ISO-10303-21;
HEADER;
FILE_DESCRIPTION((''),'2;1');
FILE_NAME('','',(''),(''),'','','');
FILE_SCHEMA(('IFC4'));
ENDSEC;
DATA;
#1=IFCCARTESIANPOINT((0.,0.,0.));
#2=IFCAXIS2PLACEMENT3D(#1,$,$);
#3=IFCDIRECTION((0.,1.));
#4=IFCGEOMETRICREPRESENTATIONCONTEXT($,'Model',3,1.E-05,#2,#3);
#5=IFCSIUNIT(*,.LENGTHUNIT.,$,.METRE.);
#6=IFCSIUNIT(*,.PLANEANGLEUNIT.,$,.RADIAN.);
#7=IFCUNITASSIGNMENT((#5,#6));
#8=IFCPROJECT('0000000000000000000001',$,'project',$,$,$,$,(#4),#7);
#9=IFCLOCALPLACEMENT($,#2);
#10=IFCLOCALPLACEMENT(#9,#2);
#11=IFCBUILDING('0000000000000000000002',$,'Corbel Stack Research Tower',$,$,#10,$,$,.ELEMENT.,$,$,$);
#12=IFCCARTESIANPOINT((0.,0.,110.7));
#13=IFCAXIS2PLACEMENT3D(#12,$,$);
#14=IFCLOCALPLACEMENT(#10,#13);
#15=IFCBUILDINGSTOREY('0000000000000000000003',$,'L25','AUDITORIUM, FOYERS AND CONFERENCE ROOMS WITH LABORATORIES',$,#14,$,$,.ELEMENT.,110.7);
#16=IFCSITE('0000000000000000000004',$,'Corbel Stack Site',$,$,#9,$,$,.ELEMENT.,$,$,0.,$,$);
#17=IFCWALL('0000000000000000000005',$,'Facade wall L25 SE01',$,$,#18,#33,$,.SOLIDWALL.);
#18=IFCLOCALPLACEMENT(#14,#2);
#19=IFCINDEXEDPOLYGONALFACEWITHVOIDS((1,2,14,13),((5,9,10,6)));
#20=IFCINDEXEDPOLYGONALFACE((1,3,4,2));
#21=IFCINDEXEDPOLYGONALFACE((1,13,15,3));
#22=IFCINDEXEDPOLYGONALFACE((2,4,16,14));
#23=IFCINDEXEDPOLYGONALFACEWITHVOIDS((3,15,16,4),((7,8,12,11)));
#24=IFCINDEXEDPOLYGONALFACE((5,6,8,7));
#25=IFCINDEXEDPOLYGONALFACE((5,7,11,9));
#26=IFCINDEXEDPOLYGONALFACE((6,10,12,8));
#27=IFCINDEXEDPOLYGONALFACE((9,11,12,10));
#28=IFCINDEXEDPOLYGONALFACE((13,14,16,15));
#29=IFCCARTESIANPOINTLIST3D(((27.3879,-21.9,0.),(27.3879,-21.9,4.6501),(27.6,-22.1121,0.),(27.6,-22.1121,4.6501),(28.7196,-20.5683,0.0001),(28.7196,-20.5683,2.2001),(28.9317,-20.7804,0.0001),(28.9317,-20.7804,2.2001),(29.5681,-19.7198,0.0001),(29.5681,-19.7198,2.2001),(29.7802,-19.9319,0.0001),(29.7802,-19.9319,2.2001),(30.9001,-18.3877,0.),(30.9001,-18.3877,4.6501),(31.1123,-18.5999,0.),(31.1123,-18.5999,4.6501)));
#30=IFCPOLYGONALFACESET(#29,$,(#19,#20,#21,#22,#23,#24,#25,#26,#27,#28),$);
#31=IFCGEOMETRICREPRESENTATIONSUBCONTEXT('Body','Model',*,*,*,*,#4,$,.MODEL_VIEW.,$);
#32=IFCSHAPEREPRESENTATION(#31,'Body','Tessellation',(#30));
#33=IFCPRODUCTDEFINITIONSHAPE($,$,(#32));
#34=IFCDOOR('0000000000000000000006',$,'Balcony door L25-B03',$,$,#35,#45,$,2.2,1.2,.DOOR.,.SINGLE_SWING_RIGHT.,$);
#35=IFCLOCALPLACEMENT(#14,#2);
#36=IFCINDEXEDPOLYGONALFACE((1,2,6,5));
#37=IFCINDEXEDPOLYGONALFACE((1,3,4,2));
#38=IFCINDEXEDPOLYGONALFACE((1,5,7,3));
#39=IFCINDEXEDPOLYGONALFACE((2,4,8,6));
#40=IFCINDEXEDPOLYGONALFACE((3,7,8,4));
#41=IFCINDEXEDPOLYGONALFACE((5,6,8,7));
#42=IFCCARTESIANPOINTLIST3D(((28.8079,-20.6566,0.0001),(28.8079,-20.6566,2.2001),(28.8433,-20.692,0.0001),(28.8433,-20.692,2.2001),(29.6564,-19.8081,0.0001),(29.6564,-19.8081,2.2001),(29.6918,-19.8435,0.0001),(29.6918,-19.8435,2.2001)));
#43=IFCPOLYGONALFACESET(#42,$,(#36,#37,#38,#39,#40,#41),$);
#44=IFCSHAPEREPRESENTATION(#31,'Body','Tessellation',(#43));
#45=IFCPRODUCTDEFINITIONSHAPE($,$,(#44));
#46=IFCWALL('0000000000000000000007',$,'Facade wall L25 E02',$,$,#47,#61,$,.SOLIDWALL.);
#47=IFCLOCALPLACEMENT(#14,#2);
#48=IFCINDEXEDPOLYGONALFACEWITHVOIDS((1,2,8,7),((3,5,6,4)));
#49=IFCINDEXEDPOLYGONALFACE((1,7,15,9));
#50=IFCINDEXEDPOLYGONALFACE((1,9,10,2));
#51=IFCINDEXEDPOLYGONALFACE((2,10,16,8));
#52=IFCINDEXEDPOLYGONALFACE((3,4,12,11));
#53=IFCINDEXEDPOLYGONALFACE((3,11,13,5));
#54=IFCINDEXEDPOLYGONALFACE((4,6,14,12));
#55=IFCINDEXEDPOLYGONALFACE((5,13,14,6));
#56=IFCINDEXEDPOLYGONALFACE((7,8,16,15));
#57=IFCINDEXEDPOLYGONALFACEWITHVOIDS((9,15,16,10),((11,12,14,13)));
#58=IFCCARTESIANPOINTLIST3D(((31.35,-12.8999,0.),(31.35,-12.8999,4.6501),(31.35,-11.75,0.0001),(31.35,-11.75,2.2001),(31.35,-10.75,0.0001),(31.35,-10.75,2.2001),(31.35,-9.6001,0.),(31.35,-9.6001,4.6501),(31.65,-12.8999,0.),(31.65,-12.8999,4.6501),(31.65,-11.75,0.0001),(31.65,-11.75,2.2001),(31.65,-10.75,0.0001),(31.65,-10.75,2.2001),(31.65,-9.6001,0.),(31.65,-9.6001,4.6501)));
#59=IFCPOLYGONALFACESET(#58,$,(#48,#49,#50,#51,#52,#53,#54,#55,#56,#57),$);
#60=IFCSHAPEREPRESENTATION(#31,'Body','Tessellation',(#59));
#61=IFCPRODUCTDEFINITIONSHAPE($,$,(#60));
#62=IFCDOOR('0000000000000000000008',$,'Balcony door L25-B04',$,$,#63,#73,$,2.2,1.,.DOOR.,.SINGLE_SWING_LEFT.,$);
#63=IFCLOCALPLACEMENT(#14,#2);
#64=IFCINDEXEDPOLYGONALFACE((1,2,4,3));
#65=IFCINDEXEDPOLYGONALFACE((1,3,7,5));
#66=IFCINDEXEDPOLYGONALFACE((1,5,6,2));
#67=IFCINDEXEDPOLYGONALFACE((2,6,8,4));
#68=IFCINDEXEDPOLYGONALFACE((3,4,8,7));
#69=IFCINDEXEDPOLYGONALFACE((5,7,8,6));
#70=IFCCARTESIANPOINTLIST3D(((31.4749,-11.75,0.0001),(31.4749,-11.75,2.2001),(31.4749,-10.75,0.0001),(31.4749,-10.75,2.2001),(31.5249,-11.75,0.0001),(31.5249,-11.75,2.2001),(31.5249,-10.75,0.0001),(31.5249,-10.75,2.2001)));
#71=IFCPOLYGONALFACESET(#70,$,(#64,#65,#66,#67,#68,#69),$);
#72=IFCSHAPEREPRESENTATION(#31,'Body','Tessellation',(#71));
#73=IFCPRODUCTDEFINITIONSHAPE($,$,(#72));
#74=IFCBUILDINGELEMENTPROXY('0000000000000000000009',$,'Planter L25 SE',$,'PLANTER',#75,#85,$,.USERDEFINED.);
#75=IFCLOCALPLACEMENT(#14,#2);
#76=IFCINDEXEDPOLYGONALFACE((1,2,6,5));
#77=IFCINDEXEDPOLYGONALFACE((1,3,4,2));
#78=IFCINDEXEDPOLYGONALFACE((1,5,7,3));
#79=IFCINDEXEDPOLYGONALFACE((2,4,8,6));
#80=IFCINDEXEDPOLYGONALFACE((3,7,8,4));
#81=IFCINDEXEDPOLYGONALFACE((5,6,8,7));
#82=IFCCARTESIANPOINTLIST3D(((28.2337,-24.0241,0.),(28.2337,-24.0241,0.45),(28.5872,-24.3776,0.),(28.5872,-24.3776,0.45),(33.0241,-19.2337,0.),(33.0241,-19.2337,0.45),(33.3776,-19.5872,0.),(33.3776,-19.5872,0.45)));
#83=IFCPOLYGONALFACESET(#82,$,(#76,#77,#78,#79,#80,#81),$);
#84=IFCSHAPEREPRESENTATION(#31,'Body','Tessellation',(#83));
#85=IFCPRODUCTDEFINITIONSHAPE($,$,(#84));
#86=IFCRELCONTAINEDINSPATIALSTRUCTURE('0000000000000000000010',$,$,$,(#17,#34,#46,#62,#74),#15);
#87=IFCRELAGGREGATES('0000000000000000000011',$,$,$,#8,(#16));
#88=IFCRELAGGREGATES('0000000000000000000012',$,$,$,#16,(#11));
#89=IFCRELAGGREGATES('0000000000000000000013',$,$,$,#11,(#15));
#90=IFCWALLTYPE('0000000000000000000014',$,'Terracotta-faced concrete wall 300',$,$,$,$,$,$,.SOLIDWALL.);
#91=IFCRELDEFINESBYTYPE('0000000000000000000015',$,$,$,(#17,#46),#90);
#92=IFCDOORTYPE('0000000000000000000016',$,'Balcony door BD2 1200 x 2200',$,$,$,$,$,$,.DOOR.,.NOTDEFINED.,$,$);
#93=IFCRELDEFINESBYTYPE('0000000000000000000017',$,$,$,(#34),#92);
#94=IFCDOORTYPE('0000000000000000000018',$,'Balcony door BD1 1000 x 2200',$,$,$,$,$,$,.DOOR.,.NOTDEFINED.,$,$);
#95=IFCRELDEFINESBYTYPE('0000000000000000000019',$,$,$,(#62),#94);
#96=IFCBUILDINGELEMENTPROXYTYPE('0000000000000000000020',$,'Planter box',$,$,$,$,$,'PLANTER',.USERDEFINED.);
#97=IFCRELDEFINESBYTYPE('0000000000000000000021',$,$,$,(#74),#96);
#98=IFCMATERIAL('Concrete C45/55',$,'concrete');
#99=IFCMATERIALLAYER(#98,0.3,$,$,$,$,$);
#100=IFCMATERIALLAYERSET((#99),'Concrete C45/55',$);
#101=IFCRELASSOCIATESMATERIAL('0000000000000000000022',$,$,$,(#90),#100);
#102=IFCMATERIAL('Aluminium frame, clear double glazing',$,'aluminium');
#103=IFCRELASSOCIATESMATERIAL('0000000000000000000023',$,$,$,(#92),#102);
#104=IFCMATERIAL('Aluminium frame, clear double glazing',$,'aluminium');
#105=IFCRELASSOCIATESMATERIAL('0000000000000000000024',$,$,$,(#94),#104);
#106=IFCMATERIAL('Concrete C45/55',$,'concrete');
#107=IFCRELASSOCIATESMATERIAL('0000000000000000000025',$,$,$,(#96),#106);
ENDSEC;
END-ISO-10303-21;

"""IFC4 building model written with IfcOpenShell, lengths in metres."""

from ifc_helpers import new_model, si_unit, direction, frame, frame_2d, origin, origin_2d, place, context, subcontext, project, spatial, rectangle, extrude, material, layer, layer_set, type_object, element, fill, save


model = new_model("IFC4")

# Units and contexts
model_context = context("Model", 3, precision=1e-05, world=origin(), true_north=direction((0.0, 1.0)))
body_context = subcontext(model_context, "Body", "Model", "MODEL_VIEW")
ifc_project = project(units=[si_unit("LENGTHUNIT", "METRE"), si_unit("PLANEANGLEUNIT", "RADIAN")], contexts=[model_context])

# Site, building, storey
site_placement = place(None, origin())
site = spatial("IfcSite", under=ifc_project, at=site_placement, Name="Corbel Stack Site", CompositionType="ELEMENT", RefElevation=0.0)
building_placement = place(site_placement, origin())
building = spatial("IfcBuilding", under=site, at=building_placement, Name="Corbel Stack Research Tower", CompositionType="ELEMENT")
storey_placement = place(building_placement, frame((0.0, 0.0, 110.7)))
storey = spatial("IfcBuildingStorey", under=building, at=storey_placement, Name="L25", Description="AUDITORIUM, FOYERS AND CONFERENCE ROOMS WITH LABORATORIES", CompositionType="ELEMENT", Elevation=110.7)

# Walls, openings, doors
ifc_material_1 = material(Name="Concrete C45/55", Category="concrete")
ifc_layer_1 = layer(ifc_material_1, 0.3)
ifc_layer_set_1 = layer_set([ifc_layer_1], Name="Concrete C45/55")
wall_type = type_object("IfcWallType", Name="Terracotta-faced concrete wall 300", PredefinedType="SOLIDWALL", material=ifc_layer_set_1)
wall_1_placement = place(storey_placement, frame((31.0061, -18.4939, 0.0), z_axis=(0.0, 0.0, 1.0), x_axis=(-0.707107, -0.707107, 0.0)))
wall_1 = element("IfcWall", 1, at=wall_1_placement, inside=storey, type_object=wall_type, Name="Facade wall L25 SE01", PredefinedType="SOLIDWALL", context=body_context, shape_type="SweptSolid", body=[
    extrude(rectangle(XDim=4.967, YDim=0.3, at=frame_2d((2.4834, 0.0))), origin(), (0.0, 0.0, 1.0), 4.6501),
])
opening_1_placement = place(wall_1_placement, frame((1.8835, 0.0, 0.0)))
opening_1 = element("IfcOpeningElement", 2, at=opening_1_placement, cuts=wall_1, PredefinedType="OPENING", context=body_context, shape_type="SweptSolid", body=[
    extrude(rectangle(XDim=1.2, YDim=2.2, at=frame_2d((0.6001, 1.1001))), frame((0.0, 0.1599, 0.0), z_axis=(0.0, -1.0, 0.0), x_axis=(1.0, 0.0, 0.0)), (0.0, 0.0, 1.0), 0.3201),
])
ifc_material_2 = material(Name="Aluminium frame, clear double glazing", Category="aluminium")
door_type_1 = type_object("IfcDoorType", Name="Balcony door BD2 1200 x 2200", OperationType="NOTDEFINED", PredefinedType="DOOR", material=ifc_material_2)
door_1_placement = place(opening_1_placement, origin())
door_1 = element("IfcDoor", 3, at=door_1_placement, inside=storey, type_object=door_type_1, Name="Balcony door L25-B03", OperationType="SINGLE_SWING_RIGHT", OverallHeight=2.2, OverallWidth=1.2, PredefinedType="DOOR", context=body_context, shape_type="SweptSolid", body=[
    extrude(rectangle(XDim=1.2, YDim=2.2, at=frame_2d((0.6001, 1.1001))), frame((0.0, 0.0249, 0.0), z_axis=(0.0, -1.0, 0.0), x_axis=(1.0, 0.0, 0.0)), (0.0, 0.0, 1.0), 0.05),
])
fill(opening_1, door_1)
wall_2_placement = place(storey_placement, frame((31.5, -9.6001, 0.0), z_axis=(0.0, 0.0, 1.0), x_axis=(0.0, -1.0, 0.0)))
wall_2 = element("IfcWall", 4, at=wall_2_placement, inside=storey, type_object=wall_type, Name="Facade wall L25 E02", PredefinedType="SOLIDWALL", context=body_context, shape_type="SweptSolid", body=[
    extrude(rectangle(XDim=3.2998, YDim=0.3, at=frame_2d((1.6499, 0.0))), origin(), (0.0, 0.0, 1.0), 4.6501),
])
opening_2_placement = place(wall_2_placement, frame((1.1499, 0.0, 0.0)))
opening_2 = element("IfcOpeningElement", 5, at=opening_2_placement, cuts=wall_2, PredefinedType="OPENING", context=body_context, shape_type="SweptSolid", body=[
    extrude(rectangle(XDim=1.0, YDim=2.2, at=frame_2d((0.5, 1.1001))), frame((0.0, 0.1599, 0.0), z_axis=(0.0, -1.0, 0.0), x_axis=(1.0, 0.0, 0.0)), (0.0, 0.0, 1.0), 0.3201),
])
ifc_material_3 = material(Name="Aluminium frame, clear double glazing", Category="aluminium")
door_type_2 = type_object("IfcDoorType", Name="Balcony door BD1 1000 x 2200", OperationType="NOTDEFINED", PredefinedType="DOOR", material=ifc_material_3)
door_2_placement = place(opening_2_placement, origin())
door_2 = element("IfcDoor", 6, at=door_2_placement, inside=storey, type_object=door_type_2, Name="Balcony door L25-B04", OperationType="SINGLE_SWING_LEFT", OverallHeight=2.2, OverallWidth=1.0, PredefinedType="DOOR", context=body_context, shape_type="SweptSolid", body=[
    extrude(rectangle(XDim=1.0, YDim=2.2, at=frame_2d((0.5, 1.1001))), frame((0.0, 0.0249, 0.0), z_axis=(0.0, -1.0, 0.0), x_axis=(1.0, 0.0, 0.0)), (0.0, 0.0, 1.0), 0.05),
])
fill(opening_2, door_2)

# Building element proxy
ifc_material_4 = material(Name="Concrete C45/55", Category="concrete")
building_element_proxy_type = type_object("IfcBuildingElementProxyType", Name="Planter box", ElementType="PLANTER", PredefinedType="USERDEFINED", material=ifc_material_4)
proxy_placement = place(storey_placement, frame((30.8057, -21.8057, 0.0), z_axis=(0.0, 0.0, 1.0), x_axis=(0.707107, 0.707107, 0.0)))
element("IfcBuildingElementProxy", 7, at=proxy_placement, inside=storey, type_object=building_element_proxy_type, Name="Planter L25 SE", ObjectType="PLANTER", PredefinedType="USERDEFINED", context=body_context, shape_type="SweptSolid", body=[
    extrude(rectangle(XDim=6.7747, YDim=0.5, at=origin_2d()), origin(), (0.0, 0.0, 1.0), 0.45),
])

save(model, "model.ifc")
